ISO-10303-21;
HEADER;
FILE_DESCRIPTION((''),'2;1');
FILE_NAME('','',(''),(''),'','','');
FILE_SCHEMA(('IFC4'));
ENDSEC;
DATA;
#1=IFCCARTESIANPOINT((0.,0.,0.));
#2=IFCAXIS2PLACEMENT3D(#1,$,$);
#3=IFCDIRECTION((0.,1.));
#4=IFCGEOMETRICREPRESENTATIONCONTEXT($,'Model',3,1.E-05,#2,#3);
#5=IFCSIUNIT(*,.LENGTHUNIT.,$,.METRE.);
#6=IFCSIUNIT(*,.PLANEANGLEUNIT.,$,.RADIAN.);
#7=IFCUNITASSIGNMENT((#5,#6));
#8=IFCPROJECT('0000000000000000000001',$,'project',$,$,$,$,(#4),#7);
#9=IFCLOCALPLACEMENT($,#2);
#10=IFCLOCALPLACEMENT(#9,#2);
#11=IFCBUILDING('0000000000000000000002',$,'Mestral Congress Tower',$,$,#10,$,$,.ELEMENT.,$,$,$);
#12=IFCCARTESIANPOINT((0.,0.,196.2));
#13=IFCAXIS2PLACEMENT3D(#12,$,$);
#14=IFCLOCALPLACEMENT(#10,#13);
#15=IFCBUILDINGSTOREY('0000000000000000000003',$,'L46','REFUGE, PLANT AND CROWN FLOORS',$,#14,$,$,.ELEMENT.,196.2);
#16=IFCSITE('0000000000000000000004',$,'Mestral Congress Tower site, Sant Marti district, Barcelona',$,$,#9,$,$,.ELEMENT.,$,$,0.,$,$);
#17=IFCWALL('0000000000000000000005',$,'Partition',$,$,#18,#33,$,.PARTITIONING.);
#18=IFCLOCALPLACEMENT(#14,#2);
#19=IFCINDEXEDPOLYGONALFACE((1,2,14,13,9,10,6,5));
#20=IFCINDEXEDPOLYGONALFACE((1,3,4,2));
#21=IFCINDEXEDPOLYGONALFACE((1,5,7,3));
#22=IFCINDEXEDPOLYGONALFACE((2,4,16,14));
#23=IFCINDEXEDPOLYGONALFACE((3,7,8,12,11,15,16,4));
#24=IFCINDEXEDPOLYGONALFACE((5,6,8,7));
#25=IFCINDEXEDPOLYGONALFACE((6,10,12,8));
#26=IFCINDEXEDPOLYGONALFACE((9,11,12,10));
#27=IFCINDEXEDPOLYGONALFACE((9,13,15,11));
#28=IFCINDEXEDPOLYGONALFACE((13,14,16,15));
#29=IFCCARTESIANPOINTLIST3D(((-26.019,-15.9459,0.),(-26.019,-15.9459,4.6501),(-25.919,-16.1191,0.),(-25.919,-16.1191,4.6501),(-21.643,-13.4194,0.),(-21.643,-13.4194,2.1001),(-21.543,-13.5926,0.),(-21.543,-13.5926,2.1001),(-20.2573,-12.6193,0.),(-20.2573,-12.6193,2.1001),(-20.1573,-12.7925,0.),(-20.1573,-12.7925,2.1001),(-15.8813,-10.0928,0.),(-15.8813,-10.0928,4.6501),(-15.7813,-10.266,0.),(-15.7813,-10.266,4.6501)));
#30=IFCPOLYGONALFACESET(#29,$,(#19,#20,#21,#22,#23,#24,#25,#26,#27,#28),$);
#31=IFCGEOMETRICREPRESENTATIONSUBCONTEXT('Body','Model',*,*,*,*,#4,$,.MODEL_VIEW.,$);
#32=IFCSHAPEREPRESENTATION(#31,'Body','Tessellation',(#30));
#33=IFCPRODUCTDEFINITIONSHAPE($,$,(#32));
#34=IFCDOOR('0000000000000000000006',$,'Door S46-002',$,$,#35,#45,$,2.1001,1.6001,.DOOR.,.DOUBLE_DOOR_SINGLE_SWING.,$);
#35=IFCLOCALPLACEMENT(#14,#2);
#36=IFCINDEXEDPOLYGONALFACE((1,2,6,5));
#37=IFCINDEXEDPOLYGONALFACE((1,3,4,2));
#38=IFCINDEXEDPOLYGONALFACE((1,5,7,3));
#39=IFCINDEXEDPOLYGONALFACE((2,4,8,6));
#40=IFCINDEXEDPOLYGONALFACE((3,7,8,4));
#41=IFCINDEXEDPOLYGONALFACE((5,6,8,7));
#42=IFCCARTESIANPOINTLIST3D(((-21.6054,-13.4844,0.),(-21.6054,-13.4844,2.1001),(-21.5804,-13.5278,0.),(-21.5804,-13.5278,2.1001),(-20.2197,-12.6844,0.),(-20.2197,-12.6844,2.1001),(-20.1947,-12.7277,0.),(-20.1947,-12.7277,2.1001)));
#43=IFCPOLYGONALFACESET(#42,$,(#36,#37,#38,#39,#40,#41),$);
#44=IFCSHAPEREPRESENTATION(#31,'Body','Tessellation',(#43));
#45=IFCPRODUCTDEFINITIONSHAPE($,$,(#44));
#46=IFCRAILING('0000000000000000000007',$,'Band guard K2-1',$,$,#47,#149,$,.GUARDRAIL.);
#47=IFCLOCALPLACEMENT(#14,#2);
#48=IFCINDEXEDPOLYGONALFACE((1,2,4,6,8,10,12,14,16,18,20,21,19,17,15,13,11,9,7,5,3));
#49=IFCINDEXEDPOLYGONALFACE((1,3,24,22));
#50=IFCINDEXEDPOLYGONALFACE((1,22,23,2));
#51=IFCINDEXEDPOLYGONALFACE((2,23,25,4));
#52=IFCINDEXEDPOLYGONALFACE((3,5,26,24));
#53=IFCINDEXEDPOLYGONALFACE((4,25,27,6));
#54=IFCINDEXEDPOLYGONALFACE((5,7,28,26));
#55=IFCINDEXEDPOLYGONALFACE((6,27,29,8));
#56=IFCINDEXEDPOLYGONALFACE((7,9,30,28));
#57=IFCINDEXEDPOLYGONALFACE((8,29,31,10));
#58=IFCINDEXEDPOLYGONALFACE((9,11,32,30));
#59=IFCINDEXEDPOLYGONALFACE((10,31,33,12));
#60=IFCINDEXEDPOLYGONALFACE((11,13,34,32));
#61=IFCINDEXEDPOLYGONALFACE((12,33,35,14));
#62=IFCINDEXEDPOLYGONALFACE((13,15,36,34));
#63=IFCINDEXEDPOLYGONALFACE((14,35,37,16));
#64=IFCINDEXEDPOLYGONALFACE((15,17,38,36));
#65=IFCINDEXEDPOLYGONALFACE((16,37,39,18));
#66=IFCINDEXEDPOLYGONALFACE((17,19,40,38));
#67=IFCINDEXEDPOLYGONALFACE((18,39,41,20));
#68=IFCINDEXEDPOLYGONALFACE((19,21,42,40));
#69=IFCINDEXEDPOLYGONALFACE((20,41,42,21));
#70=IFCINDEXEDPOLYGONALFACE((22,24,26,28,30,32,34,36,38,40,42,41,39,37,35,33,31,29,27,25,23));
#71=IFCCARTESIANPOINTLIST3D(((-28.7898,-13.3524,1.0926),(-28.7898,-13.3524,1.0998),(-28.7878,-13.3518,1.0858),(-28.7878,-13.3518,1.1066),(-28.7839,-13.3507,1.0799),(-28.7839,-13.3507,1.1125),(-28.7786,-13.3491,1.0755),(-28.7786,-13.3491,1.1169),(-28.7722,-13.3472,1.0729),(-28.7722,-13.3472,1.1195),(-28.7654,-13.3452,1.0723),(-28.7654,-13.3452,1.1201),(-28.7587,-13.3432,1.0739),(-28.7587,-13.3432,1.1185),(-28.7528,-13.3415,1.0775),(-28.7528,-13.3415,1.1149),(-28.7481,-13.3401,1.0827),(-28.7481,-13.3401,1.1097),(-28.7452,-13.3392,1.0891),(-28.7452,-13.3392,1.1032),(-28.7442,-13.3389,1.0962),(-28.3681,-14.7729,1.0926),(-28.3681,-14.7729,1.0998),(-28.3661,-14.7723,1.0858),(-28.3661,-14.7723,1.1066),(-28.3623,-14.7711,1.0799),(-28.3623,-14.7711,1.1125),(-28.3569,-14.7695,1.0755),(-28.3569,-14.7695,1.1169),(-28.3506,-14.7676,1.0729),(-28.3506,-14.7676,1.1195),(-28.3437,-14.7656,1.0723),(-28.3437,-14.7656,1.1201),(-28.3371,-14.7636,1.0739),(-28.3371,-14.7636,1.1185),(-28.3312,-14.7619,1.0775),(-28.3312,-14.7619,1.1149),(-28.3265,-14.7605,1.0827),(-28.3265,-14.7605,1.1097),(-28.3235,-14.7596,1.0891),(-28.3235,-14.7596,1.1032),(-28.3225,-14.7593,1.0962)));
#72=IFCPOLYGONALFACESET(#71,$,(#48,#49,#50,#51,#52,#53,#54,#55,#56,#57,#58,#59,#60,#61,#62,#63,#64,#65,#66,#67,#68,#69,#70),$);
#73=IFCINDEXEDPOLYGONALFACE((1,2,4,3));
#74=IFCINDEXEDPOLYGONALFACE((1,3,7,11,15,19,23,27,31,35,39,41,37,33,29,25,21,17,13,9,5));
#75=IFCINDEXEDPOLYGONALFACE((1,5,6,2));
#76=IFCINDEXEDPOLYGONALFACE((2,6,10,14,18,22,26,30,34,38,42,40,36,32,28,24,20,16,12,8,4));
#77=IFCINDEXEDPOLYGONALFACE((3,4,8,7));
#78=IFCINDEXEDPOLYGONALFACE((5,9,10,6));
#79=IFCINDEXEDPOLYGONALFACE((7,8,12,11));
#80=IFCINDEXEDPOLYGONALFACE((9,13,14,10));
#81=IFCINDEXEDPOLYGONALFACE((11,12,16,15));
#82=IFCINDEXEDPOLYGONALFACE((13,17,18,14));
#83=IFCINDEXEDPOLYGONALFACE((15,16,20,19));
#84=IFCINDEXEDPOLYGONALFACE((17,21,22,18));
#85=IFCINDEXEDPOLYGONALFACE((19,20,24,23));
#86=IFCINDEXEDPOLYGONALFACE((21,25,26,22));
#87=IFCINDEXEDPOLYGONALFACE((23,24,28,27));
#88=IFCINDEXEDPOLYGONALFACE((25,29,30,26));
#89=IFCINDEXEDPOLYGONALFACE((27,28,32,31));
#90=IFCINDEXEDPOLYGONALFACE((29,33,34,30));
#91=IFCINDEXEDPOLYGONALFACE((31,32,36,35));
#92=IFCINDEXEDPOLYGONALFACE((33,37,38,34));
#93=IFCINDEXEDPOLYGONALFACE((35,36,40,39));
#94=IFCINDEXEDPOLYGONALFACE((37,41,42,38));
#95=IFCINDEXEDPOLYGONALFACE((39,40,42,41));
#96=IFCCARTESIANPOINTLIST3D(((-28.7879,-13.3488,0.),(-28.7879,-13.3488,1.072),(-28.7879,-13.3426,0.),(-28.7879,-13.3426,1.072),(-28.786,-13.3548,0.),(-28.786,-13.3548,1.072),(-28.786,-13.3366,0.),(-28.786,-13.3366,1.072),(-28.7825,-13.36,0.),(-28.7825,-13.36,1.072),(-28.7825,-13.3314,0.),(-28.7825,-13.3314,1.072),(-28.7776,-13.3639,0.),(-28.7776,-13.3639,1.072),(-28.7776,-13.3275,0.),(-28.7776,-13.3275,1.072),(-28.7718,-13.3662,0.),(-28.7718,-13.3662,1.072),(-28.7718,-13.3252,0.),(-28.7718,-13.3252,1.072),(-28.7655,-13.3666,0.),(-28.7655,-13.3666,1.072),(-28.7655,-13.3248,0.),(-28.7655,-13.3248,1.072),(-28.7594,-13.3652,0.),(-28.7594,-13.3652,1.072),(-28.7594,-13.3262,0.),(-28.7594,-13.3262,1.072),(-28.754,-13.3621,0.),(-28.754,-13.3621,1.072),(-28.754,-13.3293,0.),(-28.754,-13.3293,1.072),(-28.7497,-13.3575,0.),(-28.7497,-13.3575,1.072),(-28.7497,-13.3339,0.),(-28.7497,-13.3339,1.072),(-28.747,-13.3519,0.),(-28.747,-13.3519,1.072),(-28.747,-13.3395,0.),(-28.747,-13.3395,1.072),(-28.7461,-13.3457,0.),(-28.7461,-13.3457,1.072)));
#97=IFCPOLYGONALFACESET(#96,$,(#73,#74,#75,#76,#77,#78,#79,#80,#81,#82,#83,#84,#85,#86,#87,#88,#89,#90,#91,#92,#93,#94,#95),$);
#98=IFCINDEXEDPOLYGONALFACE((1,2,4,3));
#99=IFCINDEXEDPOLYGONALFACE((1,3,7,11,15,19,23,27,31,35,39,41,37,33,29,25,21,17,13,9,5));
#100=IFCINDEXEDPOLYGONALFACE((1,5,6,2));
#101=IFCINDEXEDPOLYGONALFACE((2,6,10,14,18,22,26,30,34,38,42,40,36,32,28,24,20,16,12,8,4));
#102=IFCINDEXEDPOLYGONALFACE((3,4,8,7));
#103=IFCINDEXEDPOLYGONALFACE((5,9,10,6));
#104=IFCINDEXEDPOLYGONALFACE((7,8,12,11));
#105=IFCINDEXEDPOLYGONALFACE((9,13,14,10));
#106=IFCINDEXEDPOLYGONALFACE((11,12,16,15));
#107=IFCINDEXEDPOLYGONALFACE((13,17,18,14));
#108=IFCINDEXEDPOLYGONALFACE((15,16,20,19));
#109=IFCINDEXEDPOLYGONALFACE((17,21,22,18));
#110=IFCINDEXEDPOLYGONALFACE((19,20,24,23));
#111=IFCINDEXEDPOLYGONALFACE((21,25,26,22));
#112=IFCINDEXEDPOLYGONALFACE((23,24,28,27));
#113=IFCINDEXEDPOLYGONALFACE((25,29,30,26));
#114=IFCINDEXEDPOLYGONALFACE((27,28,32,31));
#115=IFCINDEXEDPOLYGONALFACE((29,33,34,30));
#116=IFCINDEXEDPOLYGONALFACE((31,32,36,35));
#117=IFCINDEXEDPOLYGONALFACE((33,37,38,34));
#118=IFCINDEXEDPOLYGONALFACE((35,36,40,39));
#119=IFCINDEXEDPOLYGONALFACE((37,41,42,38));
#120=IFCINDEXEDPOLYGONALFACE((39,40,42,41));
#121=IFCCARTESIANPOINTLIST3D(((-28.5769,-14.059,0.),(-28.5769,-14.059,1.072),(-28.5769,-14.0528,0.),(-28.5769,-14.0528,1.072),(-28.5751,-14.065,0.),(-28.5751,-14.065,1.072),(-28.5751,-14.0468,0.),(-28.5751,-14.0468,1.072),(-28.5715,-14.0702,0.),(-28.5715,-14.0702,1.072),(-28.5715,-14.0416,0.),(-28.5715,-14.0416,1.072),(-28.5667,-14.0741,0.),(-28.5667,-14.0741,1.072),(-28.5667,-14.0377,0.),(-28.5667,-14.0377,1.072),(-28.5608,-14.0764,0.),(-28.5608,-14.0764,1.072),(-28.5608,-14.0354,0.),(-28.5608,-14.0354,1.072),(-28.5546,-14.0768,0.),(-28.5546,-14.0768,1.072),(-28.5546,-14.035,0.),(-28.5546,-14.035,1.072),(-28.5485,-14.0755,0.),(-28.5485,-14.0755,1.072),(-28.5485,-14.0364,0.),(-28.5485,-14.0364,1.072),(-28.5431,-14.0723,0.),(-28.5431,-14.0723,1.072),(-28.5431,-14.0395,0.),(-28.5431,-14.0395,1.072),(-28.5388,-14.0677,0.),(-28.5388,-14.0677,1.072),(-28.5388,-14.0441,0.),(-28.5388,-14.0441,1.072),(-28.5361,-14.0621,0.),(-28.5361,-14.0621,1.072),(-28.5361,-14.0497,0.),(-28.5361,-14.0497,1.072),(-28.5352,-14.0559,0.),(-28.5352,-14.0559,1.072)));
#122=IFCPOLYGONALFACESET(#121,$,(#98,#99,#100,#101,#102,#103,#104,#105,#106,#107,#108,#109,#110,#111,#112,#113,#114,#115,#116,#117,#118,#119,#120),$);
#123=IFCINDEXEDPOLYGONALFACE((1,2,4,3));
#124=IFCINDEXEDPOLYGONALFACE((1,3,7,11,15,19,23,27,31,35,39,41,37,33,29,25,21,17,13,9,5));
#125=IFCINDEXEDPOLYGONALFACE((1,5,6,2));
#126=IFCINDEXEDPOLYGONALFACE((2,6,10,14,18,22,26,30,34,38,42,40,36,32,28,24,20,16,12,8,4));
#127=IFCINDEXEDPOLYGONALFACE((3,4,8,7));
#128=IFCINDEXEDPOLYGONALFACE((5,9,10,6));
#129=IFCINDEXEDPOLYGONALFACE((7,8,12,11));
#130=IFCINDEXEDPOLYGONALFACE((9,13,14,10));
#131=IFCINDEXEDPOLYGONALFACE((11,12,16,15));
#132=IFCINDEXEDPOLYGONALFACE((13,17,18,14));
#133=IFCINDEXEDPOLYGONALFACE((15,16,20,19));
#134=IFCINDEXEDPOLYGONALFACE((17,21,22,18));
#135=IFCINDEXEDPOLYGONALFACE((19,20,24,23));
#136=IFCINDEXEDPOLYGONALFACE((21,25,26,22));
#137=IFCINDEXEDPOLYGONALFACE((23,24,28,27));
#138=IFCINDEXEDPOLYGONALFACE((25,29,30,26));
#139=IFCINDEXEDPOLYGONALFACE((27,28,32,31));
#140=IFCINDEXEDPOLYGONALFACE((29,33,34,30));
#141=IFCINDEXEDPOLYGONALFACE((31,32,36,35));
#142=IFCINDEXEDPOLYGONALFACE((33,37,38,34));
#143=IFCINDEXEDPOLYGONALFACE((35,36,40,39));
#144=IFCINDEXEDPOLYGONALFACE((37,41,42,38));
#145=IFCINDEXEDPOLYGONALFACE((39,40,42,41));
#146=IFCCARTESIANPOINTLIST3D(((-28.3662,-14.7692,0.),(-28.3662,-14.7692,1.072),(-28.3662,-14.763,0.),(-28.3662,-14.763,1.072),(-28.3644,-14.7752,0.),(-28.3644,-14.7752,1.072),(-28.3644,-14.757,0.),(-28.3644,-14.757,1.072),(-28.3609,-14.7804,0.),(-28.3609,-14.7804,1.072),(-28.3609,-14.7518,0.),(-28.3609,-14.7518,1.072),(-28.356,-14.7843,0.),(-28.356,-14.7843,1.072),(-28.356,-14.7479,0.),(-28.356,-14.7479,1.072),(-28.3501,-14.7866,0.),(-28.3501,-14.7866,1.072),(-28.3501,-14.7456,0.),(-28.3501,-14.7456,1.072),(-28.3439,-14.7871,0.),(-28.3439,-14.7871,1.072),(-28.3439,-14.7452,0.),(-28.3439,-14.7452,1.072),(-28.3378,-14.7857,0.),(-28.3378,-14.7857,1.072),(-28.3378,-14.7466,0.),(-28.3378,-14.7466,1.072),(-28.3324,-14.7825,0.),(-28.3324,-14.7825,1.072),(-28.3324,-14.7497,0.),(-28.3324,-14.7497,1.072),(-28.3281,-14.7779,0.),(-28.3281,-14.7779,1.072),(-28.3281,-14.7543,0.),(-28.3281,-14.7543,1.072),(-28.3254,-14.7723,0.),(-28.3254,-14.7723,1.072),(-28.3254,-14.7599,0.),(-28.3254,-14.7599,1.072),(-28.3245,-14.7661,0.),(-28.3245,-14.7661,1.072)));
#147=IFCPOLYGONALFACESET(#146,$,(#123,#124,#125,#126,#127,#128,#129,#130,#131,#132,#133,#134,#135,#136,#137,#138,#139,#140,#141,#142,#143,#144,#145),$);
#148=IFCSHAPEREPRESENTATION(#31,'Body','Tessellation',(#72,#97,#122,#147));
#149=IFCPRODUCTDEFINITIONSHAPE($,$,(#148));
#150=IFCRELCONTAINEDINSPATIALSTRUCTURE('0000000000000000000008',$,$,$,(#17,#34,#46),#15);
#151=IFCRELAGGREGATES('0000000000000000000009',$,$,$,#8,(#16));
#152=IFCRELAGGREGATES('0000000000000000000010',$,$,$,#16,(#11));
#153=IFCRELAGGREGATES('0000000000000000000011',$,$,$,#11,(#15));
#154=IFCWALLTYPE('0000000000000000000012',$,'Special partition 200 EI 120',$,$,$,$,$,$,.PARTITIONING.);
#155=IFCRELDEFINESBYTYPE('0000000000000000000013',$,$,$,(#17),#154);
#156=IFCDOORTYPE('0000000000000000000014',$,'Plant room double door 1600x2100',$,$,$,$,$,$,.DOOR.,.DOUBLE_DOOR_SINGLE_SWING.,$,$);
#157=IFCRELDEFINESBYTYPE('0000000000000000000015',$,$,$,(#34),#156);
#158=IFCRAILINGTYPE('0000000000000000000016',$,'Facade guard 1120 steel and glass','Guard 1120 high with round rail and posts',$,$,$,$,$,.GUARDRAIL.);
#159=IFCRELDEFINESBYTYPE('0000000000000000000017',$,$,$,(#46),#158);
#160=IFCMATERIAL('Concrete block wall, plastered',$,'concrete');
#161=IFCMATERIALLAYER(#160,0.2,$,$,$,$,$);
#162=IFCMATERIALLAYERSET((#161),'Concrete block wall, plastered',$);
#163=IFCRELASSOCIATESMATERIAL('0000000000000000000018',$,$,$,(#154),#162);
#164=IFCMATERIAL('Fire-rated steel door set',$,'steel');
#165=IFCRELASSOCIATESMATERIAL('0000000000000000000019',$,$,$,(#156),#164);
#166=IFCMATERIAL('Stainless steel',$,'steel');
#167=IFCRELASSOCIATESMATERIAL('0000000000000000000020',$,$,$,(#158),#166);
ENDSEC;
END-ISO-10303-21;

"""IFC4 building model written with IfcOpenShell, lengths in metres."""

from ifc_helpers import new_model, si_unit, direction, frame, frame_2d, origin, origin_2d, place, context, subcontext, project, spatial, rectangle, circle, extrude, material, layer, layer_set, type_object, element, fill, save


model = new_model("IFC4")

# Units and contexts
model_context = context("Model", 3, precision=1e-05, world=origin(), true_north=direction((0.0, 1.0)))
body_context = subcontext(model_context, "Body", "Model", "MODEL_VIEW")
ifc_project = project(units=[si_unit("LENGTHUNIT", "METRE"), si_unit("PLANEANGLEUNIT", "RADIAN")], contexts=[model_context])

# Site, building, storey
site_placement = place(None, origin())
site = spatial("IfcSite", under=ifc_project, at=site_placement, Name="Mestral Congress Tower site, Sant Marti district, Barcelona", CompositionType="ELEMENT", RefElevation=0.0)
building_placement = place(site_placement, origin())
building = spatial("IfcBuilding", under=site, at=building_placement, Name="Mestral Congress Tower", CompositionType="ELEMENT")
storey_placement = place(building_placement, frame((0.0, 0.0, 196.2)))
storey = spatial("IfcBuildingStorey", under=building, at=storey_placement, Name="L46", Description="REFUGE, PLANT AND CROWN FLOORS", CompositionType="ELEMENT", Elevation=196.2)

# Wall, opening, door
ifc_material_1 = material(Name="Concrete block wall, plastered", Category="concrete")
ifc_layer_1 = layer(ifc_material_1, 0.2)
ifc_layer_set_1 = layer_set([ifc_layer_1], Name="Concrete block wall, plastered")
wall_type = type_object("IfcWallType", Name="Special partition 200 EI 120", PredefinedType="PARTITIONING", material=ifc_layer_set_1)
wall_placement = place(storey_placement, frame((-25.969, -16.0325, 0.0), z_axis=(0.0, 0.0, 1.0), x_axis=(0.866024, 0.500002, 0.0)))
wall = element("IfcWall", 1, at=wall_placement, inside=storey, type_object=wall_type, Name="Partition", PredefinedType="PARTITIONING", context=body_context, shape_type="SweptSolid", body=[
    extrude(rectangle(XDim=11.7061, YDim=0.2, at=frame_2d((5.853, 0.0))), origin(), (0.0, 0.0, 1.0), 4.6501),
])
opening_placement = place(wall_placement, frame((5.053, 0.0, 0.0)))
opening = element("IfcOpeningElement", 2, at=opening_placement, cuts=wall, PredefinedType="OPENING", context=body_context, shape_type="SweptSolid", body=[
    extrude(rectangle(XDim=1.6001, YDim=2.1001, at=frame_2d((0.8, 1.05))), frame((0.0, 0.1099, 0.0), z_axis=(0.0, -1.0, 0.0), x_axis=(1.0, 0.0, 0.0)), (0.0, 0.0, 1.0), 0.22),
])
ifc_material_2 = material(Name="Fire-rated steel door set", Category="steel")
door_type = type_object("IfcDoorType", Name="Plant room double door 1600x2100", OperationType="DOUBLE_DOOR_SINGLE_SWING", PredefinedType="DOOR", material=ifc_material_2)
door_placement = place(opening_placement, origin())
door = element("IfcDoor", 3, at=door_placement, inside=storey, type_object=door_type, Name="Door S46-002", OperationType="DOUBLE_DOOR_SINGLE_SWING", OverallHeight=2.1001, OverallWidth=1.6001, PredefinedType="DOOR", context=body_context, shape_type="SweptSolid", body=[
    extrude(rectangle(XDim=1.6001, YDim=2.1001, at=frame_2d((0.8, 1.05))), frame((0.0, 0.0249, 0.0), z_axis=(0.0, -1.0, 0.0), x_axis=(1.0, 0.0, 0.0)), (0.0, 0.0, 1.0), 0.05),
])
fill(opening, door)

# Railing
ifc_material_3 = material(Name="Stainless steel", Category="steel")
railing_type = type_object("IfcRailingType", Name="Facade guard 1120 steel and glass", Description="Guard 1120 high with round rail and posts", PredefinedType="GUARDRAIL", material=ifc_material_3)
railing_1_placement = place(storey_placement, frame((-28.7671, -13.3457, 0.0)))
element("IfcRailing", 4, at=railing_1_placement, inside=storey, type_object=railing_type, Name="Band guard K2-1", PredefinedType="GUARDRAIL", context=body_context, shape_type="SweptSolid", body=[
    extrude(circle(Radius=0.0239, at=origin_2d()), frame((0.0, 0.0, 1.0962), z_axis=(0.284565, -0.958657, 0.0), x_axis=(0.958657, 0.284565, 0.0)), (0.0, 0.0, 1.0), 1.4817),
    extrude(circle(Radius=0.021, at=origin_2d()), origin(), (0.0, 0.0, 1.0), 1.072),
    extrude(circle(Radius=0.021, at=origin_2d()), frame((0.2109, -0.7102, 0.0)), (0.0, 0.0, 1.0), 1.072),
    extrude(circle(Radius=0.021, at=origin_2d()), frame((0.4216, -1.4204, 0.0)), (0.0, 0.0, 1.0), 1.072),
])

save(model, "model.ifc")
